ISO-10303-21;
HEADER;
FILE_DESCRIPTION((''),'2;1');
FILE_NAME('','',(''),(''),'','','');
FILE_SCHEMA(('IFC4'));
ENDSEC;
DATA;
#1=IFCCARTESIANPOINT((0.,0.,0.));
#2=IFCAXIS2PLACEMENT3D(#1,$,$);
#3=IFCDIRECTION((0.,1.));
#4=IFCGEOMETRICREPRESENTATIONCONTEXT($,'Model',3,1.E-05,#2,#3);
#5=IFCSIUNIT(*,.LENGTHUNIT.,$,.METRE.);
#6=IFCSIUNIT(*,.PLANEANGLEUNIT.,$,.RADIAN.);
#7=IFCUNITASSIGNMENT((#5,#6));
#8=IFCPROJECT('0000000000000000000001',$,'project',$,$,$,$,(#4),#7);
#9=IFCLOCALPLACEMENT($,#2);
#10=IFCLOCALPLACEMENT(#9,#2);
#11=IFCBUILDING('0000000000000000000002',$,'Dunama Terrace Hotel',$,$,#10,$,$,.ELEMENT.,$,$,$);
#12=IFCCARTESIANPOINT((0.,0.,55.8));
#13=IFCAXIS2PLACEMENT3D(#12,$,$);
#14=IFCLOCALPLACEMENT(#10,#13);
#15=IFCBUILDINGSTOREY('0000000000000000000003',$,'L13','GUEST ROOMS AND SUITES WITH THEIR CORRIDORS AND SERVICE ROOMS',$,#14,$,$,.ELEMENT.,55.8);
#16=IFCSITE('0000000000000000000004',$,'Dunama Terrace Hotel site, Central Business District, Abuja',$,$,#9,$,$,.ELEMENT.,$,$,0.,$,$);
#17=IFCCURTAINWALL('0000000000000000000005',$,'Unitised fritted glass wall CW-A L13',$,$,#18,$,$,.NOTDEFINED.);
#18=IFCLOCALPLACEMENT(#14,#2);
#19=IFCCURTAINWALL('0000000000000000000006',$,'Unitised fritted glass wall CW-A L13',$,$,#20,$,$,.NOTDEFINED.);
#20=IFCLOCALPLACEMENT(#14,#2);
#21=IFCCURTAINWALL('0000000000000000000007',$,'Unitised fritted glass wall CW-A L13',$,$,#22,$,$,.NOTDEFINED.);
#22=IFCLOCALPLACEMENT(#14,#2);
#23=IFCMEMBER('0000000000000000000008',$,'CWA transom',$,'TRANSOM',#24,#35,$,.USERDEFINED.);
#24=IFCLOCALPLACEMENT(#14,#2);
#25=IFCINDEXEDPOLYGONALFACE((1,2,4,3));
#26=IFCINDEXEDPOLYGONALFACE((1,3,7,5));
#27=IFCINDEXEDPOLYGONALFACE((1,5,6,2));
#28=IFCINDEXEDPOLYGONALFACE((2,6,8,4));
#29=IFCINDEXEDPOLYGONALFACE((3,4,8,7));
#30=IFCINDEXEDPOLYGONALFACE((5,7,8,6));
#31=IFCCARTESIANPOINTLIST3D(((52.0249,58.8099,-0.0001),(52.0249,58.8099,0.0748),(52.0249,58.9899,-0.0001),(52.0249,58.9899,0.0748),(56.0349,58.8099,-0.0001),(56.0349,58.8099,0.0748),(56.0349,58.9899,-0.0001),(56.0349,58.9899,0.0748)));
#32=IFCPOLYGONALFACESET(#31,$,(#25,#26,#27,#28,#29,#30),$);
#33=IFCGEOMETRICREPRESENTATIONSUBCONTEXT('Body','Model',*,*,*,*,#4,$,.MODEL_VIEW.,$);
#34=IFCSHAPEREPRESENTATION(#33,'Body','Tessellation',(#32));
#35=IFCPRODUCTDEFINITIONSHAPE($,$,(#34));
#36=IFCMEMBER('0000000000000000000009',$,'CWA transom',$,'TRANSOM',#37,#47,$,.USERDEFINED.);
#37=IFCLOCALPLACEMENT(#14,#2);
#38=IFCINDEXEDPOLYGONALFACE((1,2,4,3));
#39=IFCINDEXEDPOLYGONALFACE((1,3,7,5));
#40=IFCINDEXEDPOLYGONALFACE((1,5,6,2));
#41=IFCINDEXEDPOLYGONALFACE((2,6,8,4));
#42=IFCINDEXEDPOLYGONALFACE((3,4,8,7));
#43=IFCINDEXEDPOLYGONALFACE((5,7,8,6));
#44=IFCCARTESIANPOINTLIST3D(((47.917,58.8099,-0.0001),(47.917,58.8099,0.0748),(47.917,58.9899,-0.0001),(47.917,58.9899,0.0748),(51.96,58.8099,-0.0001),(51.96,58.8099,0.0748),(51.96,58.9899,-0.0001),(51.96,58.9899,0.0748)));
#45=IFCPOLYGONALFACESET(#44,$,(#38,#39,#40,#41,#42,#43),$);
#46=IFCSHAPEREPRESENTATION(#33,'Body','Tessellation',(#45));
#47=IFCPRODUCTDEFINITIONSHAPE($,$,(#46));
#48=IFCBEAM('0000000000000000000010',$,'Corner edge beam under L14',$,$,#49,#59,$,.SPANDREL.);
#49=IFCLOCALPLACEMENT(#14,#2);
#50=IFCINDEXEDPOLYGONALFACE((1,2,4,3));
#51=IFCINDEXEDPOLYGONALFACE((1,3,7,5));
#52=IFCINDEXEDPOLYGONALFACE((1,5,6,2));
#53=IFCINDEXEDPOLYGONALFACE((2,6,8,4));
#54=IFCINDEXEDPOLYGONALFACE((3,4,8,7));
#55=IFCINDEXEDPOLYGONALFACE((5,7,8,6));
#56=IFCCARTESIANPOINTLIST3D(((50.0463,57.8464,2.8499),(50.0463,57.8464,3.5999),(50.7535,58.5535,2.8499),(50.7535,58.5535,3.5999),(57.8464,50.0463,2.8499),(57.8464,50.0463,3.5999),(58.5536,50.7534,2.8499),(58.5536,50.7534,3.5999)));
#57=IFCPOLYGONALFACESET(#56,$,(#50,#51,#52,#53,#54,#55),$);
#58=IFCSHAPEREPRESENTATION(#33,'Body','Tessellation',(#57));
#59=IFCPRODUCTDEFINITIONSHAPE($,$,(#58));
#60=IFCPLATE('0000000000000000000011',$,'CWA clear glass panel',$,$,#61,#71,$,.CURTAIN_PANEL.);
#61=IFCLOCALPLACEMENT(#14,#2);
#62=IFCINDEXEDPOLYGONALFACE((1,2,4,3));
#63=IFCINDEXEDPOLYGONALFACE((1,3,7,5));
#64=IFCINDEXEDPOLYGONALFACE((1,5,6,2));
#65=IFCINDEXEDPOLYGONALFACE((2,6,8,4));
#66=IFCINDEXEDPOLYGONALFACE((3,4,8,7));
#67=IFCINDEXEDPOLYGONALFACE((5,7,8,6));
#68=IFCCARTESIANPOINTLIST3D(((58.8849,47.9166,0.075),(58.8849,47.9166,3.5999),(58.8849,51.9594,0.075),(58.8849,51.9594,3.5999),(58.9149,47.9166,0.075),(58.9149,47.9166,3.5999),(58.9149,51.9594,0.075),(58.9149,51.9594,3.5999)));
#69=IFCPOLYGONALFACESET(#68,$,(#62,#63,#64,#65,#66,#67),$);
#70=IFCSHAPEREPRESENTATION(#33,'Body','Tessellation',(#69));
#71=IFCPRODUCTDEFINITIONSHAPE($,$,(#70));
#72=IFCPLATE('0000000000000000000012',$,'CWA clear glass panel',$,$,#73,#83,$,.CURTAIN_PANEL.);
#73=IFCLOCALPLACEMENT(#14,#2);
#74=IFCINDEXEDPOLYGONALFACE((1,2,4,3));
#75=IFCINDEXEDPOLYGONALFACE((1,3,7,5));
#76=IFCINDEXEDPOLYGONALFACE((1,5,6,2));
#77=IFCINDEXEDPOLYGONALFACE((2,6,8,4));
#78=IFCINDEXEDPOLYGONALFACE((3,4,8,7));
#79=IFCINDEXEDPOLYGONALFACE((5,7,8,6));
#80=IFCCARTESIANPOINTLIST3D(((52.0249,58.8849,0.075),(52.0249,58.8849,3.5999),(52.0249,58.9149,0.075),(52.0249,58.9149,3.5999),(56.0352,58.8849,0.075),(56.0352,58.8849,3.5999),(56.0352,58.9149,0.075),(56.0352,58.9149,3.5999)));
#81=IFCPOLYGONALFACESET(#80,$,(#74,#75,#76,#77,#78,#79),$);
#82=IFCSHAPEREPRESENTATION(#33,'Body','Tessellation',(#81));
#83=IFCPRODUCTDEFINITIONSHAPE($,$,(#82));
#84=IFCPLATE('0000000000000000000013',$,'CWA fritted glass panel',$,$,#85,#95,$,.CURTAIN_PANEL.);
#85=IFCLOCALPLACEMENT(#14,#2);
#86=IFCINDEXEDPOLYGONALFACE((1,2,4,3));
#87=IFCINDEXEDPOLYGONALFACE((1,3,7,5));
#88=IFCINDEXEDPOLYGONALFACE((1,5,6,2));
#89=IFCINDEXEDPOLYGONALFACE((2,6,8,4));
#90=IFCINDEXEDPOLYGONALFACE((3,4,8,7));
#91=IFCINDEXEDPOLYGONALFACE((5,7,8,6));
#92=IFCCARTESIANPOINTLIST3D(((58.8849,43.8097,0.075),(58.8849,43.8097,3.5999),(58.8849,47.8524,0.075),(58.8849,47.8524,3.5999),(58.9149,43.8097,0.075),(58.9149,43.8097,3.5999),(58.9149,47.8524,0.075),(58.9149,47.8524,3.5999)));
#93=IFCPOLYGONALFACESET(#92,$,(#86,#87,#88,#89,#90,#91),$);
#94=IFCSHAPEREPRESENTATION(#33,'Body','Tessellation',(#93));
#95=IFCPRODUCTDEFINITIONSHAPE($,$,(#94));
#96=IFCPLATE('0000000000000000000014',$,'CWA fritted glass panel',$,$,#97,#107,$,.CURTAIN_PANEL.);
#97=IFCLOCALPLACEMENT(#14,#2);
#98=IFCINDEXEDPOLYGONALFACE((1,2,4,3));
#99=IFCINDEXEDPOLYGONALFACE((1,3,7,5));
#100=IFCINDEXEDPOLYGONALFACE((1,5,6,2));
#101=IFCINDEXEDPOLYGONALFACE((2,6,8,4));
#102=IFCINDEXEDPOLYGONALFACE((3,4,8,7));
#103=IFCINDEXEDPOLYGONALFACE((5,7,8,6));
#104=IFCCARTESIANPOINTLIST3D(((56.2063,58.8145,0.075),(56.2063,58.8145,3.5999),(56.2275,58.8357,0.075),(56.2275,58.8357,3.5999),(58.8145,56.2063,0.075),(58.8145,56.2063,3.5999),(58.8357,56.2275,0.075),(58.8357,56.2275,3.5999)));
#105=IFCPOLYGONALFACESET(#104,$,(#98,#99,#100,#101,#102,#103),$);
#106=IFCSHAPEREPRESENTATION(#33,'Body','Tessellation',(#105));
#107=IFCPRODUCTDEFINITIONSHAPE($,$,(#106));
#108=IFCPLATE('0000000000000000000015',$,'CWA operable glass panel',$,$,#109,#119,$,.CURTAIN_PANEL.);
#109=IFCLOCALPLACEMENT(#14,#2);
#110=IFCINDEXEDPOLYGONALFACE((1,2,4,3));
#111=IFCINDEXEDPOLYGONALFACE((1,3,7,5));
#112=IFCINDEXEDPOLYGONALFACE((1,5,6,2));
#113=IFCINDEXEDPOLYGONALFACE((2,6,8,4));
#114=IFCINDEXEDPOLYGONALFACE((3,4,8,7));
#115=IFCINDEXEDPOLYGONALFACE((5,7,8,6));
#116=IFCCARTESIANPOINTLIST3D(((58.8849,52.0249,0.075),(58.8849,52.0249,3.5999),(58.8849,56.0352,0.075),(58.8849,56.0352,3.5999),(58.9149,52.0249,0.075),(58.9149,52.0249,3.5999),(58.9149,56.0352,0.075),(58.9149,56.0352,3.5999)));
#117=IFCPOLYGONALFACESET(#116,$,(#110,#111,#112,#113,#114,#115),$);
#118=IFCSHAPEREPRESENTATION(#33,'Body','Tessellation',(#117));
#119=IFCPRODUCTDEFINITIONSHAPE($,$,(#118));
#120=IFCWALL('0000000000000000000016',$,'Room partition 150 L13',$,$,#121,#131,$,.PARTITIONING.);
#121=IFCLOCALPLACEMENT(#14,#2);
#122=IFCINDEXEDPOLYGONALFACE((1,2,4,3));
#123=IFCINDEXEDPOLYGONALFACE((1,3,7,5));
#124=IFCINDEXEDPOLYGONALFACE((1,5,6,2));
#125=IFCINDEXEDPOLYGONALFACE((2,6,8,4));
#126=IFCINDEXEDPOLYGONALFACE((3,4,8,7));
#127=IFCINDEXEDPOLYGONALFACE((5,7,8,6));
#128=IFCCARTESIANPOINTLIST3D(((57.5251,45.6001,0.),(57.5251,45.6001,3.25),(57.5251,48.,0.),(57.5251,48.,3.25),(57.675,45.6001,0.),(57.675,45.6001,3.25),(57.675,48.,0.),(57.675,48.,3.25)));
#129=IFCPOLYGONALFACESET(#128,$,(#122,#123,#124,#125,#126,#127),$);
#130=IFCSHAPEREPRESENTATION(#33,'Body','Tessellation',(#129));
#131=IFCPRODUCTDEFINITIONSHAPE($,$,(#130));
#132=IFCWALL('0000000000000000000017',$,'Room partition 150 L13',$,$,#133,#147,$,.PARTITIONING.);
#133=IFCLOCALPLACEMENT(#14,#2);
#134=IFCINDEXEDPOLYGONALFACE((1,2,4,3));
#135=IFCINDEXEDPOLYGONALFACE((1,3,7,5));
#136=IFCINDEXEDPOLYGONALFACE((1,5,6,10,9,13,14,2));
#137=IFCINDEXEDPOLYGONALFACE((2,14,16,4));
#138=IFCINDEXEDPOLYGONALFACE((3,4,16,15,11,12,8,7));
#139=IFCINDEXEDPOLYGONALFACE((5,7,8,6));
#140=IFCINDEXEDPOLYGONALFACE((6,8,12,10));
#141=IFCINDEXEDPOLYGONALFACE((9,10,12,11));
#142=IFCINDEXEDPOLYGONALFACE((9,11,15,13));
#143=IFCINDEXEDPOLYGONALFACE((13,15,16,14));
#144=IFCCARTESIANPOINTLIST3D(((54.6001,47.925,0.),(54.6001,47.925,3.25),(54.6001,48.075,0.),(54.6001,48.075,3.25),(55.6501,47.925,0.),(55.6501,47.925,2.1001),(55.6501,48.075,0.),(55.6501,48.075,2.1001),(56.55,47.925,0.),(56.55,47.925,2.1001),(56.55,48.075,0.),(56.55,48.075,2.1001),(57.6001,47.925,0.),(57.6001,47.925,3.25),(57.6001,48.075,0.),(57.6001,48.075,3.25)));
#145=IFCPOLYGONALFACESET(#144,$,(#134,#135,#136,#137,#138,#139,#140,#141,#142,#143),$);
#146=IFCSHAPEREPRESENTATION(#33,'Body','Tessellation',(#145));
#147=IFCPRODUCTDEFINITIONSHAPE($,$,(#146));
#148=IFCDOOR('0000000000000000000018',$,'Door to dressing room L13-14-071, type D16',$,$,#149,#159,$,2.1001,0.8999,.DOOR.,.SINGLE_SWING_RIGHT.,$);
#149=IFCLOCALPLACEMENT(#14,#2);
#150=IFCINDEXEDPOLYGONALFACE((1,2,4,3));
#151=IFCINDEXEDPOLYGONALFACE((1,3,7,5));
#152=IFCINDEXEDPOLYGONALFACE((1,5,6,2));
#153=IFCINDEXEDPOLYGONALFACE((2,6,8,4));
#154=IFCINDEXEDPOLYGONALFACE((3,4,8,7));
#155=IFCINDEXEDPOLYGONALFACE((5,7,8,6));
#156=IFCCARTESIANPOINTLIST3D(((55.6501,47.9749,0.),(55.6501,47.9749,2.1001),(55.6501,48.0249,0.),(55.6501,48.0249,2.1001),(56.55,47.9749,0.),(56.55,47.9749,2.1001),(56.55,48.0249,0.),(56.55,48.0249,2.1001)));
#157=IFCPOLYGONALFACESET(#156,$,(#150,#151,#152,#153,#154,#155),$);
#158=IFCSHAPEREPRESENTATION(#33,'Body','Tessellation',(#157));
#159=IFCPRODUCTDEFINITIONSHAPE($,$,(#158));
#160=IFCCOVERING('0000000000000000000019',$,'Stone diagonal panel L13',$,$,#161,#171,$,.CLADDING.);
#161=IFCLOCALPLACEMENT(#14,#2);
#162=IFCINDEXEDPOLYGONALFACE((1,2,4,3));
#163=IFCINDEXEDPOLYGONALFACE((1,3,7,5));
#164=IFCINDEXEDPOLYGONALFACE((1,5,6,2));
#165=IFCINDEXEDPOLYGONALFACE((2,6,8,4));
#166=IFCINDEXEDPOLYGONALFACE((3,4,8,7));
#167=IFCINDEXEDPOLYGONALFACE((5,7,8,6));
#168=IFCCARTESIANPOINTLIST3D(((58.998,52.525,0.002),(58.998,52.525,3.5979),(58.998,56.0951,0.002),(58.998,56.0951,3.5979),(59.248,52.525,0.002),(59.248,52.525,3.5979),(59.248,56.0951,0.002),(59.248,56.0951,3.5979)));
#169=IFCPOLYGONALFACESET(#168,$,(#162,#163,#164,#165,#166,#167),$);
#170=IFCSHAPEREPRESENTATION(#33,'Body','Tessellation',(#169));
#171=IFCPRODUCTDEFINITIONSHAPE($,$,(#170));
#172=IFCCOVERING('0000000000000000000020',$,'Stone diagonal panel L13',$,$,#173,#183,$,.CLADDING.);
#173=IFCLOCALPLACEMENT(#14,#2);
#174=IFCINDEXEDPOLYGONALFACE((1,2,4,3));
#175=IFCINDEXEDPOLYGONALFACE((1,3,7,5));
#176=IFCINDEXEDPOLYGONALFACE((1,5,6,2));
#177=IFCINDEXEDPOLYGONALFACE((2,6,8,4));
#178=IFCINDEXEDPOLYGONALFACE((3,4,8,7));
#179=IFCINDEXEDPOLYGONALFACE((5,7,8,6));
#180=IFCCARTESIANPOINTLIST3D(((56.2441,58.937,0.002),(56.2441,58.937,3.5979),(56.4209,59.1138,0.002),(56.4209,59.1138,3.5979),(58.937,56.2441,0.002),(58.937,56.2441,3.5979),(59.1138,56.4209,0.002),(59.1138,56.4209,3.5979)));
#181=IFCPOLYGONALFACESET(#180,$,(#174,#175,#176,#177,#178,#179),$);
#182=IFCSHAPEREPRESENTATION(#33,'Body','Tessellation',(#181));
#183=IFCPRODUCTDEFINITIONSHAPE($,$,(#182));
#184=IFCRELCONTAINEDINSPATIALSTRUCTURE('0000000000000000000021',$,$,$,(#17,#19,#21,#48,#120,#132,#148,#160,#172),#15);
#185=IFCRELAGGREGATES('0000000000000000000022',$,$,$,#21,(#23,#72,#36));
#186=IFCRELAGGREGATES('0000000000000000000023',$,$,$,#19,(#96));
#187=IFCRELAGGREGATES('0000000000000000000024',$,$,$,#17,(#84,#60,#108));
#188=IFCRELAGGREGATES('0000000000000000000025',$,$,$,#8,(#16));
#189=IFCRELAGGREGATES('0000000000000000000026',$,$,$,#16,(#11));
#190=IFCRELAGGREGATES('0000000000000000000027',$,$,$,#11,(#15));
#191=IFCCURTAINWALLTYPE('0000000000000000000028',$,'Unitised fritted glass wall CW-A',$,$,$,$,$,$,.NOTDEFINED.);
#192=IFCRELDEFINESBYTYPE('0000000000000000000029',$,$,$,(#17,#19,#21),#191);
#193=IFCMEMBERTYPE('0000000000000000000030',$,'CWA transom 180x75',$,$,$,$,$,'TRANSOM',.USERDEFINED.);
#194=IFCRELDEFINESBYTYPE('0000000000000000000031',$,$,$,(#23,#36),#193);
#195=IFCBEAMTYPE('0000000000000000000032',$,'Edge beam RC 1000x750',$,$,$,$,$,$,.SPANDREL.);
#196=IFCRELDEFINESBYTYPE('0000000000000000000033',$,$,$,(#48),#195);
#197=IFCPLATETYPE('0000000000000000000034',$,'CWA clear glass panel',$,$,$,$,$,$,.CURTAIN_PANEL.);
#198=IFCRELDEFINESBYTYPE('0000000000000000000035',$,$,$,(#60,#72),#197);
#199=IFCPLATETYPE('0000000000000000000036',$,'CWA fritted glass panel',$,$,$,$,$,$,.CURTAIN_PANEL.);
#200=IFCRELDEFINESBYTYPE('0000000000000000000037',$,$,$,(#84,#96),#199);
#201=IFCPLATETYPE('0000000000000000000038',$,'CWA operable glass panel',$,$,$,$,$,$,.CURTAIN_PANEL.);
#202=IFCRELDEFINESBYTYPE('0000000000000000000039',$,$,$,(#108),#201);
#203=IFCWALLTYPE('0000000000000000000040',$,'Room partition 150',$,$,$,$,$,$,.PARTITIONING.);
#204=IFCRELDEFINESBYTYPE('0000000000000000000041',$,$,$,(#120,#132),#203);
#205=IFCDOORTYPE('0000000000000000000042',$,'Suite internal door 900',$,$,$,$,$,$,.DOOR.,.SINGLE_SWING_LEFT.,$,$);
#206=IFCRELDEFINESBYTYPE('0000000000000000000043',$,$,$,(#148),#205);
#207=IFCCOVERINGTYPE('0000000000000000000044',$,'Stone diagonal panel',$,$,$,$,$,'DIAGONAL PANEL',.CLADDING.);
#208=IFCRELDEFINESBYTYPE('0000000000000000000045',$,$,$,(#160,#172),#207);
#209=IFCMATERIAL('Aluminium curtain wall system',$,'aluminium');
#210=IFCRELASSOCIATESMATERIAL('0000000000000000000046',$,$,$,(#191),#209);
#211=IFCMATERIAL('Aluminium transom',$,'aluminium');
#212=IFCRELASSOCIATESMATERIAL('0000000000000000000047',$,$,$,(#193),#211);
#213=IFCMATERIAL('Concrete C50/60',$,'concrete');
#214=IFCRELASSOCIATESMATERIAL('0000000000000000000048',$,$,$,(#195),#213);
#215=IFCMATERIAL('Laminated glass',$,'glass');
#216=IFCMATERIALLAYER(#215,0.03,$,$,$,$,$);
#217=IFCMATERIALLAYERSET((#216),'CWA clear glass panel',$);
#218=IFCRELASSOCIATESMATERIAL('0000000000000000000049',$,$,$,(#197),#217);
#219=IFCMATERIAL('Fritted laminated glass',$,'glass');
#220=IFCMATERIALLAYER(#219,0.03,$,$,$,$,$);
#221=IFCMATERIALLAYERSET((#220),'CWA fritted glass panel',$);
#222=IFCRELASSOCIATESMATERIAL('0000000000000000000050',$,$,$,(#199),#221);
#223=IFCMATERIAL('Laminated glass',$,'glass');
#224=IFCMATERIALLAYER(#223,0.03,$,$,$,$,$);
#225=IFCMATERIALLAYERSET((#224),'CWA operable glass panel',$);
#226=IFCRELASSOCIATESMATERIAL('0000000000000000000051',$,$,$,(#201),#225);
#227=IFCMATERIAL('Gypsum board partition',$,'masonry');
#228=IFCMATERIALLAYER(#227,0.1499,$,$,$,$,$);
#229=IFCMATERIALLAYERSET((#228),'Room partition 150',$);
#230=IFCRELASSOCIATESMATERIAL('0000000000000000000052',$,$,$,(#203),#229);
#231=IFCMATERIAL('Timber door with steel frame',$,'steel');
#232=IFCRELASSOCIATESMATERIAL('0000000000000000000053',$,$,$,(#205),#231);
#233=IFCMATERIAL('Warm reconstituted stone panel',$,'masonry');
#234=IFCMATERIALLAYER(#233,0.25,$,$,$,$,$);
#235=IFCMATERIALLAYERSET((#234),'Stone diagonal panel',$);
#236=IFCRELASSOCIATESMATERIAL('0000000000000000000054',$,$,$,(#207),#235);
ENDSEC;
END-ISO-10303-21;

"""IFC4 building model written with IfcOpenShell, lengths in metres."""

from ifc_helpers import new_model, si_unit, direction, frame, frame_2d, origin, origin_2d, place, context, subcontext, project, spatial, rectangle, extrude, material, layer, layer_set, material_profile, profile_set, type_object, element, fill, aggregate, save


model = new_model("IFC4")

# Units and contexts
model_context = context("Model", 3, precision=1e-05, world=origin(), true_north=direction((0.0, 1.0)))
body_context = subcontext(model_context, "Body", "Model", "MODEL_VIEW")
ifc_project = project(units=[si_unit("LENGTHUNIT", "METRE"), si_unit("PLANEANGLEUNIT", "RADIAN")], contexts=[model_context])

# Site, building, storey
site_placement = place(None, origin())
site = spatial("IfcSite", under=ifc_project, at=site_placement, Name="Dunama Terrace Hotel site, Central Business District, Abuja", CompositionType="ELEMENT", RefElevation=0.0)
building_placement = place(site_placement, origin())
building = spatial("IfcBuilding", under=site, at=building_placement, Name="Dunama Terrace Hotel", CompositionType="ELEMENT")
storey_placement = place(building_placement, frame((0.0, 0.0, 55.8)))
storey = spatial("IfcBuildingStorey", under=building, at=storey_placement, Name="L13", Description="GUEST ROOMS AND SUITES WITH THEIR CORRIDORS AND SERVICE ROOMS", CompositionType="ELEMENT", Elevation=55.8)

# Curtain walls
ifc_material_1 = material(Name="Aluminium curtain wall system", Category="aluminium")
curtain_wall_type = type_object("IfcCurtainWallType", Name="Unitised fritted glass wall CW-A", PredefinedType="NOTDEFINED", material=ifc_material_1)
curtain_wall_1_placement = place(storey_placement, origin())
curtain_wall_1 = element("IfcCurtainWall", 1, at=curtain_wall_1_placement, inside=storey, type_object=curtain_wall_type, Name="Unitised fritted glass wall CW-A L13", PredefinedType="NOTDEFINED")
curtain_wall_2_placement = place(storey_placement, origin())
curtain_wall_2 = element("IfcCurtainWall", 2, at=curtain_wall_2_placement, inside=storey, type_object=curtain_wall_type, Name="Unitised fritted glass wall CW-A L13", PredefinedType="NOTDEFINED")
curtain_wall_3_placement = place(storey_placement, origin())
curtain_wall_3 = element("IfcCurtainWall", 3, at=curtain_wall_3_placement, inside=storey, type_object=curtain_wall_type, Name="Unitised fritted glass wall CW-A L13", PredefinedType="NOTDEFINED")

# Members
ifc_material_2 = material(Name="Aluminium transom", Category="aluminium")
ifc_material_profile_1 = material_profile(ifc_material_2, rectangle(XDim=0.1799, YDim=0.075, at=origin_2d()), Name="CWA TRANSOM 180X75")
ifc_profile_set_1 = profile_set([ifc_material_profile_1], Name="Aluminium transom")
member_type_1 = type_object("IfcMemberType", Name="CWA transom 180x75", ElementType="TRANSOM", PredefinedType="USERDEFINED", material=ifc_profile_set_1)
member_1_placement = place(storey_placement, frame((56.0349, 58.8999, 0.0374), z_axis=(-1.0, 0.0, 0.0), x_axis=(0.0, -1.0, 0.0)))
member_1 = element("IfcMember", 4, at=member_1_placement, type_object=member_type_1, Name="CWA transom", ObjectType="TRANSOM", PredefinedType="USERDEFINED", context=body_context, shape_type="SweptSolid", body=[
    extrude(rectangle(XDim=0.1799, YDim=0.075, at=origin_2d()), origin(), (0.0, 0.0, 1.0), 4.01),
])
member_2_placement = place(storey_placement, frame((51.96, 58.8999, 0.0374), z_axis=(-1.0, 0.0, 0.0), x_axis=(0.0, -1.0, 0.0)))
member_2 = element("IfcMember", 5, at=member_2_placement, type_object=member_type_1, Name="CWA transom", ObjectType="TRANSOM", PredefinedType="USERDEFINED", context=body_context, shape_type="SweptSolid", body=[
    extrude(rectangle(XDim=0.1799, YDim=0.075, at=origin_2d()), origin(), (0.0, 0.0, 1.0), 4.043),
])

# Beam
ifc_material_3 = material(Name="Concrete C50/60", Category="concrete")
ifc_material_profile_2 = material_profile(ifc_material_3, rectangle(XDim=1.0, YDim=0.75, at=origin_2d()), Name="RC 1000x750")
ifc_profile_set_2 = profile_set([ifc_material_profile_2], Name="Concrete C50/60")
beam_type = type_object("IfcBeamType", Name="Edge beam RC 1000x750", PredefinedType="SPANDREL", material=ifc_profile_set_2)
beam_placement = place(storey_placement, frame((50.3999, 58.2, 3.2249), z_axis=(0.707107, -0.707107, 0.0), x_axis=(0.707107, 0.707107, 0.0)))
element("IfcBeam", 6, at=beam_placement, inside=storey, type_object=beam_type, Name="Corner edge beam under L14", PredefinedType="SPANDREL", context=body_context, shape_type="SweptSolid", body=[
    extrude(rectangle(XDim=1.0, YDim=0.75, at=origin_2d()), origin(), (0.0, 0.0, 1.0), 11.031),
])

# Plates
ifc_material_4 = material(Name="Laminated glass", Category="glass")
ifc_layer_1 = layer(ifc_material_4, 0.03)
ifc_layer_set_1 = layer_set([ifc_layer_1], Name="CWA clear glass panel")
plate_type_1 = type_object("IfcPlateType", Name="CWA clear glass panel", PredefinedType="CURTAIN_PANEL", material=ifc_layer_set_1)
plate_1_placement = place(storey_placement, frame((58.8999, 49.938, 0.075), z_axis=(0.0, 0.0, 1.0), x_axis=(0.0, 1.0, 0.0)))
plate_1 = element("IfcPlate", 7, at=plate_1_placement, type_object=plate_type_1, Name="CWA clear glass panel", PredefinedType="CURTAIN_PANEL", context=body_context, shape_type="SweptSolid", body=[
    extrude(rectangle(XDim=4.0427, YDim=0.03, at=origin_2d()), origin(), (0.0, 0.0, 1.0), 3.5249),
])
plate_2_placement = place(storey_placement, frame((54.03, 58.8999, 0.075), z_axis=(0.0, 0.0, 1.0), x_axis=(-1.0, 0.0, 0.0)))
plate_2 = element("IfcPlate", 8, at=plate_2_placement, type_object=plate_type_1, Name="CWA clear glass panel", PredefinedType="CURTAIN_PANEL", context=body_context, shape_type="SweptSolid", body=[
    extrude(rectangle(XDim=4.0103, YDim=0.03, at=origin_2d()), origin(), (0.0, 0.0, 1.0), 3.5249),
])
aggregate(curtain_wall_3, [member_1, plate_2, member_2])
ifc_material_5 = material(Name="Fritted laminated glass", Category="glass")
ifc_layer_2 = layer(ifc_material_5, 0.03)
ifc_layer_set_2 = layer_set([ifc_layer_2], Name="CWA fritted glass panel")
plate_type_2 = type_object("IfcPlateType", Name="CWA fritted glass panel", PredefinedType="CURTAIN_PANEL", material=ifc_layer_set_2)
plate_3_placement = place(storey_placement, frame((58.8999, 45.8311, 0.075), z_axis=(0.0, 0.0, 1.0), x_axis=(0.0, 1.0, 0.0)))
plate_3 = element("IfcPlate", 9, at=plate_3_placement, type_object=plate_type_2, Name="CWA fritted glass panel", PredefinedType="CURTAIN_PANEL", context=body_context, shape_type="SweptSolid", body=[
    extrude(rectangle(XDim=4.0427, YDim=0.03, at=origin_2d()), origin(), (0.0, 0.0, 1.0), 3.5249),
])
plate_4_placement = place(storey_placement, frame((57.521, 57.521, 0.075), z_axis=(0.0, 0.0, 1.0), x_axis=(-0.707107, 0.707107, 0.0)))
plate_4 = element("IfcPlate", 10, at=plate_4_placement, type_object=plate_type_2, Name="CWA fritted glass panel", PredefinedType="CURTAIN_PANEL", context=body_context, shape_type="SweptSolid", body=[
    extrude(rectangle(XDim=3.6885, YDim=0.03, at=origin_2d()), origin(), (0.0, 0.0, 1.0), 3.5249),
])
aggregate(curtain_wall_2, [plate_4])
ifc_material_6 = material(Name="Laminated glass", Category="glass")
ifc_layer_3 = layer(ifc_material_6, 0.03)
ifc_layer_set_3 = layer_set([ifc_layer_3], Name="CWA operable glass panel")
plate_type_3 = type_object("IfcPlateType", Name="CWA operable glass panel", PredefinedType="CURTAIN_PANEL", material=ifc_layer_set_3)
plate_5_placement = place(storey_placement, frame((58.8999, 54.03, 0.075), z_axis=(0.0, 0.0, 1.0), x_axis=(0.0, 1.0, 0.0)))
plate_5 = element("IfcPlate", 11, at=plate_5_placement, type_object=plate_type_3, Name="CWA operable glass panel", PredefinedType="CURTAIN_PANEL", context=body_context, shape_type="SweptSolid", body=[
    extrude(rectangle(XDim=4.0103, YDim=0.03, at=origin_2d()), origin(), (0.0, 0.0, 1.0), 3.5249),
])
aggregate(curtain_wall_1, [plate_3, plate_1, plate_5])

# Wall
ifc_material_7 = material(Name="Gypsum board partition", Category="masonry")
ifc_layer_4 = layer(ifc_material_7, 0.1499)
ifc_layer_set_4 = layer_set([ifc_layer_4], Name="Room partition 150")
wall_type = type_object("IfcWallType", Name="Room partition 150", PredefinedType="PARTITIONING", material=ifc_layer_set_4)
wall_1_placement = place(storey_placement, frame((57.6001, 45.6001, 0.0), z_axis=(0.0, 0.0, 1.0), x_axis=(0.0, 1.0, 0.0)))
element("IfcWall", 12, at=wall_1_placement, inside=storey, type_object=wall_type, Name="Room partition 150 L13", PredefinedType="PARTITIONING", context=body_context, shape_type="SweptSolid", body=[
    extrude(rectangle(XDim=2.3999, YDim=0.1499, at=frame_2d((1.2, 0.0))), origin(), (0.0, 0.0, 1.0), 3.25),
])

# Wall, opening, door
wall_2_placement = place(storey_placement, frame((54.6001, 48.0, 0.0), z_axis=(0.0, 0.0, 1.0), x_axis=(1.0, 0.0, 0.0)))
wall_2 = element("IfcWall", 13, at=wall_2_placement, inside=storey, type_object=wall_type, Name="Room partition 150 L13", PredefinedType="PARTITIONING", context=body_context, shape_type="SweptSolid", body=[
    extrude(rectangle(XDim=3.0, YDim=0.1499, at=frame_2d((1.5, 0.0))), origin(), (0.0, 0.0, 1.0), 3.25),
])
opening_placement = place(wall_2_placement, frame((1.05, 0.0, 0.0)))
opening = element("IfcOpeningElement", 14, at=opening_placement, cuts=wall_2, PredefinedType="OPENING", context=body_context, shape_type="SweptSolid", body=[
    extrude(rectangle(XDim=0.8999, YDim=2.1001, at=frame_2d((0.45, 1.05))), frame((0.0, 0.085, 0.0), z_axis=(0.0, -1.0, 0.0), x_axis=(1.0, 0.0, 0.0)), (0.0, 0.0, 1.0), 0.1699),
])
ifc_material_8 = material(Name="Timber door with steel frame", Category="steel")
door_type = type_object("IfcDoorType", Name="Suite internal door 900", OperationType="SINGLE_SWING_LEFT", PredefinedType="DOOR", material=ifc_material_8)
door_placement = place(opening_placement, frame((0.8999, 0.0, 0.0), z_axis=(0.0, 0.0, 1.0), x_axis=(-1.0, 0.0, 0.0)))
door = element("IfcDoor", 15, at=door_placement, inside=storey, type_object=door_type, Name="Door to dressing room L13-14-071, type D16", OperationType="SINGLE_SWING_RIGHT", OverallHeight=2.1001, OverallWidth=0.8999, PredefinedType="DOOR", context=body_context, shape_type="SweptSolid", body=[
    extrude(rectangle(XDim=0.8999, YDim=2.1001, at=frame_2d((0.45, 1.05))), frame((0.0, 0.0251, 0.0), z_axis=(0.0, -1.0, 0.0), x_axis=(1.0, 0.0, 0.0)), (0.0, 0.0, 1.0), 0.05),
])
fill(opening, door)

# Coverings
ifc_material_9 = material(Name="Warm reconstituted stone panel", Category="masonry")
ifc_layer_5 = layer(ifc_material_9, 0.25)
ifc_layer_set_5 = layer_set([ifc_layer_5], Name="Stone diagonal panel")
covering_type = type_object("IfcCoveringType", Name="Stone diagonal panel", ElementType="DIAGONAL PANEL", PredefinedType="CLADDING", material=ifc_layer_set_5)
covering_1_placement = place(storey_placement, frame((59.123, 54.3101, 0.002), z_axis=(0.0, 0.0, 1.0), x_axis=(0.0, 1.0, 0.0)))
element("IfcCovering", 16, at=covering_1_placement, inside=storey, type_object=covering_type, Name="Stone diagonal panel L13", PredefinedType="CLADDING", context=body_context, shape_type="SweptSolid", body=[
    extrude(rectangle(XDim=3.5701, YDim=0.25, at=origin_2d()), origin(), (0.0, 0.0, 1.0), 3.5959),
])
covering_2_placement = place(storey_placement, frame((57.679, 57.679, 0.002), z_axis=(0.0, 0.0, 1.0), x_axis=(-0.707107, 0.707107, 0.0)))
element("IfcCovering", 17, at=covering_2_placement, inside=storey, type_object=covering_type, Name="Stone diagonal panel L13", PredefinedType="CLADDING", context=body_context, shape_type="SweptSolid", body=[
    extrude(rectangle(XDim=3.8083, YDim=0.25, at=origin_2d()), origin(), (0.0, 0.0, 1.0), 3.5959),
])

save(model, "model.ifc")
